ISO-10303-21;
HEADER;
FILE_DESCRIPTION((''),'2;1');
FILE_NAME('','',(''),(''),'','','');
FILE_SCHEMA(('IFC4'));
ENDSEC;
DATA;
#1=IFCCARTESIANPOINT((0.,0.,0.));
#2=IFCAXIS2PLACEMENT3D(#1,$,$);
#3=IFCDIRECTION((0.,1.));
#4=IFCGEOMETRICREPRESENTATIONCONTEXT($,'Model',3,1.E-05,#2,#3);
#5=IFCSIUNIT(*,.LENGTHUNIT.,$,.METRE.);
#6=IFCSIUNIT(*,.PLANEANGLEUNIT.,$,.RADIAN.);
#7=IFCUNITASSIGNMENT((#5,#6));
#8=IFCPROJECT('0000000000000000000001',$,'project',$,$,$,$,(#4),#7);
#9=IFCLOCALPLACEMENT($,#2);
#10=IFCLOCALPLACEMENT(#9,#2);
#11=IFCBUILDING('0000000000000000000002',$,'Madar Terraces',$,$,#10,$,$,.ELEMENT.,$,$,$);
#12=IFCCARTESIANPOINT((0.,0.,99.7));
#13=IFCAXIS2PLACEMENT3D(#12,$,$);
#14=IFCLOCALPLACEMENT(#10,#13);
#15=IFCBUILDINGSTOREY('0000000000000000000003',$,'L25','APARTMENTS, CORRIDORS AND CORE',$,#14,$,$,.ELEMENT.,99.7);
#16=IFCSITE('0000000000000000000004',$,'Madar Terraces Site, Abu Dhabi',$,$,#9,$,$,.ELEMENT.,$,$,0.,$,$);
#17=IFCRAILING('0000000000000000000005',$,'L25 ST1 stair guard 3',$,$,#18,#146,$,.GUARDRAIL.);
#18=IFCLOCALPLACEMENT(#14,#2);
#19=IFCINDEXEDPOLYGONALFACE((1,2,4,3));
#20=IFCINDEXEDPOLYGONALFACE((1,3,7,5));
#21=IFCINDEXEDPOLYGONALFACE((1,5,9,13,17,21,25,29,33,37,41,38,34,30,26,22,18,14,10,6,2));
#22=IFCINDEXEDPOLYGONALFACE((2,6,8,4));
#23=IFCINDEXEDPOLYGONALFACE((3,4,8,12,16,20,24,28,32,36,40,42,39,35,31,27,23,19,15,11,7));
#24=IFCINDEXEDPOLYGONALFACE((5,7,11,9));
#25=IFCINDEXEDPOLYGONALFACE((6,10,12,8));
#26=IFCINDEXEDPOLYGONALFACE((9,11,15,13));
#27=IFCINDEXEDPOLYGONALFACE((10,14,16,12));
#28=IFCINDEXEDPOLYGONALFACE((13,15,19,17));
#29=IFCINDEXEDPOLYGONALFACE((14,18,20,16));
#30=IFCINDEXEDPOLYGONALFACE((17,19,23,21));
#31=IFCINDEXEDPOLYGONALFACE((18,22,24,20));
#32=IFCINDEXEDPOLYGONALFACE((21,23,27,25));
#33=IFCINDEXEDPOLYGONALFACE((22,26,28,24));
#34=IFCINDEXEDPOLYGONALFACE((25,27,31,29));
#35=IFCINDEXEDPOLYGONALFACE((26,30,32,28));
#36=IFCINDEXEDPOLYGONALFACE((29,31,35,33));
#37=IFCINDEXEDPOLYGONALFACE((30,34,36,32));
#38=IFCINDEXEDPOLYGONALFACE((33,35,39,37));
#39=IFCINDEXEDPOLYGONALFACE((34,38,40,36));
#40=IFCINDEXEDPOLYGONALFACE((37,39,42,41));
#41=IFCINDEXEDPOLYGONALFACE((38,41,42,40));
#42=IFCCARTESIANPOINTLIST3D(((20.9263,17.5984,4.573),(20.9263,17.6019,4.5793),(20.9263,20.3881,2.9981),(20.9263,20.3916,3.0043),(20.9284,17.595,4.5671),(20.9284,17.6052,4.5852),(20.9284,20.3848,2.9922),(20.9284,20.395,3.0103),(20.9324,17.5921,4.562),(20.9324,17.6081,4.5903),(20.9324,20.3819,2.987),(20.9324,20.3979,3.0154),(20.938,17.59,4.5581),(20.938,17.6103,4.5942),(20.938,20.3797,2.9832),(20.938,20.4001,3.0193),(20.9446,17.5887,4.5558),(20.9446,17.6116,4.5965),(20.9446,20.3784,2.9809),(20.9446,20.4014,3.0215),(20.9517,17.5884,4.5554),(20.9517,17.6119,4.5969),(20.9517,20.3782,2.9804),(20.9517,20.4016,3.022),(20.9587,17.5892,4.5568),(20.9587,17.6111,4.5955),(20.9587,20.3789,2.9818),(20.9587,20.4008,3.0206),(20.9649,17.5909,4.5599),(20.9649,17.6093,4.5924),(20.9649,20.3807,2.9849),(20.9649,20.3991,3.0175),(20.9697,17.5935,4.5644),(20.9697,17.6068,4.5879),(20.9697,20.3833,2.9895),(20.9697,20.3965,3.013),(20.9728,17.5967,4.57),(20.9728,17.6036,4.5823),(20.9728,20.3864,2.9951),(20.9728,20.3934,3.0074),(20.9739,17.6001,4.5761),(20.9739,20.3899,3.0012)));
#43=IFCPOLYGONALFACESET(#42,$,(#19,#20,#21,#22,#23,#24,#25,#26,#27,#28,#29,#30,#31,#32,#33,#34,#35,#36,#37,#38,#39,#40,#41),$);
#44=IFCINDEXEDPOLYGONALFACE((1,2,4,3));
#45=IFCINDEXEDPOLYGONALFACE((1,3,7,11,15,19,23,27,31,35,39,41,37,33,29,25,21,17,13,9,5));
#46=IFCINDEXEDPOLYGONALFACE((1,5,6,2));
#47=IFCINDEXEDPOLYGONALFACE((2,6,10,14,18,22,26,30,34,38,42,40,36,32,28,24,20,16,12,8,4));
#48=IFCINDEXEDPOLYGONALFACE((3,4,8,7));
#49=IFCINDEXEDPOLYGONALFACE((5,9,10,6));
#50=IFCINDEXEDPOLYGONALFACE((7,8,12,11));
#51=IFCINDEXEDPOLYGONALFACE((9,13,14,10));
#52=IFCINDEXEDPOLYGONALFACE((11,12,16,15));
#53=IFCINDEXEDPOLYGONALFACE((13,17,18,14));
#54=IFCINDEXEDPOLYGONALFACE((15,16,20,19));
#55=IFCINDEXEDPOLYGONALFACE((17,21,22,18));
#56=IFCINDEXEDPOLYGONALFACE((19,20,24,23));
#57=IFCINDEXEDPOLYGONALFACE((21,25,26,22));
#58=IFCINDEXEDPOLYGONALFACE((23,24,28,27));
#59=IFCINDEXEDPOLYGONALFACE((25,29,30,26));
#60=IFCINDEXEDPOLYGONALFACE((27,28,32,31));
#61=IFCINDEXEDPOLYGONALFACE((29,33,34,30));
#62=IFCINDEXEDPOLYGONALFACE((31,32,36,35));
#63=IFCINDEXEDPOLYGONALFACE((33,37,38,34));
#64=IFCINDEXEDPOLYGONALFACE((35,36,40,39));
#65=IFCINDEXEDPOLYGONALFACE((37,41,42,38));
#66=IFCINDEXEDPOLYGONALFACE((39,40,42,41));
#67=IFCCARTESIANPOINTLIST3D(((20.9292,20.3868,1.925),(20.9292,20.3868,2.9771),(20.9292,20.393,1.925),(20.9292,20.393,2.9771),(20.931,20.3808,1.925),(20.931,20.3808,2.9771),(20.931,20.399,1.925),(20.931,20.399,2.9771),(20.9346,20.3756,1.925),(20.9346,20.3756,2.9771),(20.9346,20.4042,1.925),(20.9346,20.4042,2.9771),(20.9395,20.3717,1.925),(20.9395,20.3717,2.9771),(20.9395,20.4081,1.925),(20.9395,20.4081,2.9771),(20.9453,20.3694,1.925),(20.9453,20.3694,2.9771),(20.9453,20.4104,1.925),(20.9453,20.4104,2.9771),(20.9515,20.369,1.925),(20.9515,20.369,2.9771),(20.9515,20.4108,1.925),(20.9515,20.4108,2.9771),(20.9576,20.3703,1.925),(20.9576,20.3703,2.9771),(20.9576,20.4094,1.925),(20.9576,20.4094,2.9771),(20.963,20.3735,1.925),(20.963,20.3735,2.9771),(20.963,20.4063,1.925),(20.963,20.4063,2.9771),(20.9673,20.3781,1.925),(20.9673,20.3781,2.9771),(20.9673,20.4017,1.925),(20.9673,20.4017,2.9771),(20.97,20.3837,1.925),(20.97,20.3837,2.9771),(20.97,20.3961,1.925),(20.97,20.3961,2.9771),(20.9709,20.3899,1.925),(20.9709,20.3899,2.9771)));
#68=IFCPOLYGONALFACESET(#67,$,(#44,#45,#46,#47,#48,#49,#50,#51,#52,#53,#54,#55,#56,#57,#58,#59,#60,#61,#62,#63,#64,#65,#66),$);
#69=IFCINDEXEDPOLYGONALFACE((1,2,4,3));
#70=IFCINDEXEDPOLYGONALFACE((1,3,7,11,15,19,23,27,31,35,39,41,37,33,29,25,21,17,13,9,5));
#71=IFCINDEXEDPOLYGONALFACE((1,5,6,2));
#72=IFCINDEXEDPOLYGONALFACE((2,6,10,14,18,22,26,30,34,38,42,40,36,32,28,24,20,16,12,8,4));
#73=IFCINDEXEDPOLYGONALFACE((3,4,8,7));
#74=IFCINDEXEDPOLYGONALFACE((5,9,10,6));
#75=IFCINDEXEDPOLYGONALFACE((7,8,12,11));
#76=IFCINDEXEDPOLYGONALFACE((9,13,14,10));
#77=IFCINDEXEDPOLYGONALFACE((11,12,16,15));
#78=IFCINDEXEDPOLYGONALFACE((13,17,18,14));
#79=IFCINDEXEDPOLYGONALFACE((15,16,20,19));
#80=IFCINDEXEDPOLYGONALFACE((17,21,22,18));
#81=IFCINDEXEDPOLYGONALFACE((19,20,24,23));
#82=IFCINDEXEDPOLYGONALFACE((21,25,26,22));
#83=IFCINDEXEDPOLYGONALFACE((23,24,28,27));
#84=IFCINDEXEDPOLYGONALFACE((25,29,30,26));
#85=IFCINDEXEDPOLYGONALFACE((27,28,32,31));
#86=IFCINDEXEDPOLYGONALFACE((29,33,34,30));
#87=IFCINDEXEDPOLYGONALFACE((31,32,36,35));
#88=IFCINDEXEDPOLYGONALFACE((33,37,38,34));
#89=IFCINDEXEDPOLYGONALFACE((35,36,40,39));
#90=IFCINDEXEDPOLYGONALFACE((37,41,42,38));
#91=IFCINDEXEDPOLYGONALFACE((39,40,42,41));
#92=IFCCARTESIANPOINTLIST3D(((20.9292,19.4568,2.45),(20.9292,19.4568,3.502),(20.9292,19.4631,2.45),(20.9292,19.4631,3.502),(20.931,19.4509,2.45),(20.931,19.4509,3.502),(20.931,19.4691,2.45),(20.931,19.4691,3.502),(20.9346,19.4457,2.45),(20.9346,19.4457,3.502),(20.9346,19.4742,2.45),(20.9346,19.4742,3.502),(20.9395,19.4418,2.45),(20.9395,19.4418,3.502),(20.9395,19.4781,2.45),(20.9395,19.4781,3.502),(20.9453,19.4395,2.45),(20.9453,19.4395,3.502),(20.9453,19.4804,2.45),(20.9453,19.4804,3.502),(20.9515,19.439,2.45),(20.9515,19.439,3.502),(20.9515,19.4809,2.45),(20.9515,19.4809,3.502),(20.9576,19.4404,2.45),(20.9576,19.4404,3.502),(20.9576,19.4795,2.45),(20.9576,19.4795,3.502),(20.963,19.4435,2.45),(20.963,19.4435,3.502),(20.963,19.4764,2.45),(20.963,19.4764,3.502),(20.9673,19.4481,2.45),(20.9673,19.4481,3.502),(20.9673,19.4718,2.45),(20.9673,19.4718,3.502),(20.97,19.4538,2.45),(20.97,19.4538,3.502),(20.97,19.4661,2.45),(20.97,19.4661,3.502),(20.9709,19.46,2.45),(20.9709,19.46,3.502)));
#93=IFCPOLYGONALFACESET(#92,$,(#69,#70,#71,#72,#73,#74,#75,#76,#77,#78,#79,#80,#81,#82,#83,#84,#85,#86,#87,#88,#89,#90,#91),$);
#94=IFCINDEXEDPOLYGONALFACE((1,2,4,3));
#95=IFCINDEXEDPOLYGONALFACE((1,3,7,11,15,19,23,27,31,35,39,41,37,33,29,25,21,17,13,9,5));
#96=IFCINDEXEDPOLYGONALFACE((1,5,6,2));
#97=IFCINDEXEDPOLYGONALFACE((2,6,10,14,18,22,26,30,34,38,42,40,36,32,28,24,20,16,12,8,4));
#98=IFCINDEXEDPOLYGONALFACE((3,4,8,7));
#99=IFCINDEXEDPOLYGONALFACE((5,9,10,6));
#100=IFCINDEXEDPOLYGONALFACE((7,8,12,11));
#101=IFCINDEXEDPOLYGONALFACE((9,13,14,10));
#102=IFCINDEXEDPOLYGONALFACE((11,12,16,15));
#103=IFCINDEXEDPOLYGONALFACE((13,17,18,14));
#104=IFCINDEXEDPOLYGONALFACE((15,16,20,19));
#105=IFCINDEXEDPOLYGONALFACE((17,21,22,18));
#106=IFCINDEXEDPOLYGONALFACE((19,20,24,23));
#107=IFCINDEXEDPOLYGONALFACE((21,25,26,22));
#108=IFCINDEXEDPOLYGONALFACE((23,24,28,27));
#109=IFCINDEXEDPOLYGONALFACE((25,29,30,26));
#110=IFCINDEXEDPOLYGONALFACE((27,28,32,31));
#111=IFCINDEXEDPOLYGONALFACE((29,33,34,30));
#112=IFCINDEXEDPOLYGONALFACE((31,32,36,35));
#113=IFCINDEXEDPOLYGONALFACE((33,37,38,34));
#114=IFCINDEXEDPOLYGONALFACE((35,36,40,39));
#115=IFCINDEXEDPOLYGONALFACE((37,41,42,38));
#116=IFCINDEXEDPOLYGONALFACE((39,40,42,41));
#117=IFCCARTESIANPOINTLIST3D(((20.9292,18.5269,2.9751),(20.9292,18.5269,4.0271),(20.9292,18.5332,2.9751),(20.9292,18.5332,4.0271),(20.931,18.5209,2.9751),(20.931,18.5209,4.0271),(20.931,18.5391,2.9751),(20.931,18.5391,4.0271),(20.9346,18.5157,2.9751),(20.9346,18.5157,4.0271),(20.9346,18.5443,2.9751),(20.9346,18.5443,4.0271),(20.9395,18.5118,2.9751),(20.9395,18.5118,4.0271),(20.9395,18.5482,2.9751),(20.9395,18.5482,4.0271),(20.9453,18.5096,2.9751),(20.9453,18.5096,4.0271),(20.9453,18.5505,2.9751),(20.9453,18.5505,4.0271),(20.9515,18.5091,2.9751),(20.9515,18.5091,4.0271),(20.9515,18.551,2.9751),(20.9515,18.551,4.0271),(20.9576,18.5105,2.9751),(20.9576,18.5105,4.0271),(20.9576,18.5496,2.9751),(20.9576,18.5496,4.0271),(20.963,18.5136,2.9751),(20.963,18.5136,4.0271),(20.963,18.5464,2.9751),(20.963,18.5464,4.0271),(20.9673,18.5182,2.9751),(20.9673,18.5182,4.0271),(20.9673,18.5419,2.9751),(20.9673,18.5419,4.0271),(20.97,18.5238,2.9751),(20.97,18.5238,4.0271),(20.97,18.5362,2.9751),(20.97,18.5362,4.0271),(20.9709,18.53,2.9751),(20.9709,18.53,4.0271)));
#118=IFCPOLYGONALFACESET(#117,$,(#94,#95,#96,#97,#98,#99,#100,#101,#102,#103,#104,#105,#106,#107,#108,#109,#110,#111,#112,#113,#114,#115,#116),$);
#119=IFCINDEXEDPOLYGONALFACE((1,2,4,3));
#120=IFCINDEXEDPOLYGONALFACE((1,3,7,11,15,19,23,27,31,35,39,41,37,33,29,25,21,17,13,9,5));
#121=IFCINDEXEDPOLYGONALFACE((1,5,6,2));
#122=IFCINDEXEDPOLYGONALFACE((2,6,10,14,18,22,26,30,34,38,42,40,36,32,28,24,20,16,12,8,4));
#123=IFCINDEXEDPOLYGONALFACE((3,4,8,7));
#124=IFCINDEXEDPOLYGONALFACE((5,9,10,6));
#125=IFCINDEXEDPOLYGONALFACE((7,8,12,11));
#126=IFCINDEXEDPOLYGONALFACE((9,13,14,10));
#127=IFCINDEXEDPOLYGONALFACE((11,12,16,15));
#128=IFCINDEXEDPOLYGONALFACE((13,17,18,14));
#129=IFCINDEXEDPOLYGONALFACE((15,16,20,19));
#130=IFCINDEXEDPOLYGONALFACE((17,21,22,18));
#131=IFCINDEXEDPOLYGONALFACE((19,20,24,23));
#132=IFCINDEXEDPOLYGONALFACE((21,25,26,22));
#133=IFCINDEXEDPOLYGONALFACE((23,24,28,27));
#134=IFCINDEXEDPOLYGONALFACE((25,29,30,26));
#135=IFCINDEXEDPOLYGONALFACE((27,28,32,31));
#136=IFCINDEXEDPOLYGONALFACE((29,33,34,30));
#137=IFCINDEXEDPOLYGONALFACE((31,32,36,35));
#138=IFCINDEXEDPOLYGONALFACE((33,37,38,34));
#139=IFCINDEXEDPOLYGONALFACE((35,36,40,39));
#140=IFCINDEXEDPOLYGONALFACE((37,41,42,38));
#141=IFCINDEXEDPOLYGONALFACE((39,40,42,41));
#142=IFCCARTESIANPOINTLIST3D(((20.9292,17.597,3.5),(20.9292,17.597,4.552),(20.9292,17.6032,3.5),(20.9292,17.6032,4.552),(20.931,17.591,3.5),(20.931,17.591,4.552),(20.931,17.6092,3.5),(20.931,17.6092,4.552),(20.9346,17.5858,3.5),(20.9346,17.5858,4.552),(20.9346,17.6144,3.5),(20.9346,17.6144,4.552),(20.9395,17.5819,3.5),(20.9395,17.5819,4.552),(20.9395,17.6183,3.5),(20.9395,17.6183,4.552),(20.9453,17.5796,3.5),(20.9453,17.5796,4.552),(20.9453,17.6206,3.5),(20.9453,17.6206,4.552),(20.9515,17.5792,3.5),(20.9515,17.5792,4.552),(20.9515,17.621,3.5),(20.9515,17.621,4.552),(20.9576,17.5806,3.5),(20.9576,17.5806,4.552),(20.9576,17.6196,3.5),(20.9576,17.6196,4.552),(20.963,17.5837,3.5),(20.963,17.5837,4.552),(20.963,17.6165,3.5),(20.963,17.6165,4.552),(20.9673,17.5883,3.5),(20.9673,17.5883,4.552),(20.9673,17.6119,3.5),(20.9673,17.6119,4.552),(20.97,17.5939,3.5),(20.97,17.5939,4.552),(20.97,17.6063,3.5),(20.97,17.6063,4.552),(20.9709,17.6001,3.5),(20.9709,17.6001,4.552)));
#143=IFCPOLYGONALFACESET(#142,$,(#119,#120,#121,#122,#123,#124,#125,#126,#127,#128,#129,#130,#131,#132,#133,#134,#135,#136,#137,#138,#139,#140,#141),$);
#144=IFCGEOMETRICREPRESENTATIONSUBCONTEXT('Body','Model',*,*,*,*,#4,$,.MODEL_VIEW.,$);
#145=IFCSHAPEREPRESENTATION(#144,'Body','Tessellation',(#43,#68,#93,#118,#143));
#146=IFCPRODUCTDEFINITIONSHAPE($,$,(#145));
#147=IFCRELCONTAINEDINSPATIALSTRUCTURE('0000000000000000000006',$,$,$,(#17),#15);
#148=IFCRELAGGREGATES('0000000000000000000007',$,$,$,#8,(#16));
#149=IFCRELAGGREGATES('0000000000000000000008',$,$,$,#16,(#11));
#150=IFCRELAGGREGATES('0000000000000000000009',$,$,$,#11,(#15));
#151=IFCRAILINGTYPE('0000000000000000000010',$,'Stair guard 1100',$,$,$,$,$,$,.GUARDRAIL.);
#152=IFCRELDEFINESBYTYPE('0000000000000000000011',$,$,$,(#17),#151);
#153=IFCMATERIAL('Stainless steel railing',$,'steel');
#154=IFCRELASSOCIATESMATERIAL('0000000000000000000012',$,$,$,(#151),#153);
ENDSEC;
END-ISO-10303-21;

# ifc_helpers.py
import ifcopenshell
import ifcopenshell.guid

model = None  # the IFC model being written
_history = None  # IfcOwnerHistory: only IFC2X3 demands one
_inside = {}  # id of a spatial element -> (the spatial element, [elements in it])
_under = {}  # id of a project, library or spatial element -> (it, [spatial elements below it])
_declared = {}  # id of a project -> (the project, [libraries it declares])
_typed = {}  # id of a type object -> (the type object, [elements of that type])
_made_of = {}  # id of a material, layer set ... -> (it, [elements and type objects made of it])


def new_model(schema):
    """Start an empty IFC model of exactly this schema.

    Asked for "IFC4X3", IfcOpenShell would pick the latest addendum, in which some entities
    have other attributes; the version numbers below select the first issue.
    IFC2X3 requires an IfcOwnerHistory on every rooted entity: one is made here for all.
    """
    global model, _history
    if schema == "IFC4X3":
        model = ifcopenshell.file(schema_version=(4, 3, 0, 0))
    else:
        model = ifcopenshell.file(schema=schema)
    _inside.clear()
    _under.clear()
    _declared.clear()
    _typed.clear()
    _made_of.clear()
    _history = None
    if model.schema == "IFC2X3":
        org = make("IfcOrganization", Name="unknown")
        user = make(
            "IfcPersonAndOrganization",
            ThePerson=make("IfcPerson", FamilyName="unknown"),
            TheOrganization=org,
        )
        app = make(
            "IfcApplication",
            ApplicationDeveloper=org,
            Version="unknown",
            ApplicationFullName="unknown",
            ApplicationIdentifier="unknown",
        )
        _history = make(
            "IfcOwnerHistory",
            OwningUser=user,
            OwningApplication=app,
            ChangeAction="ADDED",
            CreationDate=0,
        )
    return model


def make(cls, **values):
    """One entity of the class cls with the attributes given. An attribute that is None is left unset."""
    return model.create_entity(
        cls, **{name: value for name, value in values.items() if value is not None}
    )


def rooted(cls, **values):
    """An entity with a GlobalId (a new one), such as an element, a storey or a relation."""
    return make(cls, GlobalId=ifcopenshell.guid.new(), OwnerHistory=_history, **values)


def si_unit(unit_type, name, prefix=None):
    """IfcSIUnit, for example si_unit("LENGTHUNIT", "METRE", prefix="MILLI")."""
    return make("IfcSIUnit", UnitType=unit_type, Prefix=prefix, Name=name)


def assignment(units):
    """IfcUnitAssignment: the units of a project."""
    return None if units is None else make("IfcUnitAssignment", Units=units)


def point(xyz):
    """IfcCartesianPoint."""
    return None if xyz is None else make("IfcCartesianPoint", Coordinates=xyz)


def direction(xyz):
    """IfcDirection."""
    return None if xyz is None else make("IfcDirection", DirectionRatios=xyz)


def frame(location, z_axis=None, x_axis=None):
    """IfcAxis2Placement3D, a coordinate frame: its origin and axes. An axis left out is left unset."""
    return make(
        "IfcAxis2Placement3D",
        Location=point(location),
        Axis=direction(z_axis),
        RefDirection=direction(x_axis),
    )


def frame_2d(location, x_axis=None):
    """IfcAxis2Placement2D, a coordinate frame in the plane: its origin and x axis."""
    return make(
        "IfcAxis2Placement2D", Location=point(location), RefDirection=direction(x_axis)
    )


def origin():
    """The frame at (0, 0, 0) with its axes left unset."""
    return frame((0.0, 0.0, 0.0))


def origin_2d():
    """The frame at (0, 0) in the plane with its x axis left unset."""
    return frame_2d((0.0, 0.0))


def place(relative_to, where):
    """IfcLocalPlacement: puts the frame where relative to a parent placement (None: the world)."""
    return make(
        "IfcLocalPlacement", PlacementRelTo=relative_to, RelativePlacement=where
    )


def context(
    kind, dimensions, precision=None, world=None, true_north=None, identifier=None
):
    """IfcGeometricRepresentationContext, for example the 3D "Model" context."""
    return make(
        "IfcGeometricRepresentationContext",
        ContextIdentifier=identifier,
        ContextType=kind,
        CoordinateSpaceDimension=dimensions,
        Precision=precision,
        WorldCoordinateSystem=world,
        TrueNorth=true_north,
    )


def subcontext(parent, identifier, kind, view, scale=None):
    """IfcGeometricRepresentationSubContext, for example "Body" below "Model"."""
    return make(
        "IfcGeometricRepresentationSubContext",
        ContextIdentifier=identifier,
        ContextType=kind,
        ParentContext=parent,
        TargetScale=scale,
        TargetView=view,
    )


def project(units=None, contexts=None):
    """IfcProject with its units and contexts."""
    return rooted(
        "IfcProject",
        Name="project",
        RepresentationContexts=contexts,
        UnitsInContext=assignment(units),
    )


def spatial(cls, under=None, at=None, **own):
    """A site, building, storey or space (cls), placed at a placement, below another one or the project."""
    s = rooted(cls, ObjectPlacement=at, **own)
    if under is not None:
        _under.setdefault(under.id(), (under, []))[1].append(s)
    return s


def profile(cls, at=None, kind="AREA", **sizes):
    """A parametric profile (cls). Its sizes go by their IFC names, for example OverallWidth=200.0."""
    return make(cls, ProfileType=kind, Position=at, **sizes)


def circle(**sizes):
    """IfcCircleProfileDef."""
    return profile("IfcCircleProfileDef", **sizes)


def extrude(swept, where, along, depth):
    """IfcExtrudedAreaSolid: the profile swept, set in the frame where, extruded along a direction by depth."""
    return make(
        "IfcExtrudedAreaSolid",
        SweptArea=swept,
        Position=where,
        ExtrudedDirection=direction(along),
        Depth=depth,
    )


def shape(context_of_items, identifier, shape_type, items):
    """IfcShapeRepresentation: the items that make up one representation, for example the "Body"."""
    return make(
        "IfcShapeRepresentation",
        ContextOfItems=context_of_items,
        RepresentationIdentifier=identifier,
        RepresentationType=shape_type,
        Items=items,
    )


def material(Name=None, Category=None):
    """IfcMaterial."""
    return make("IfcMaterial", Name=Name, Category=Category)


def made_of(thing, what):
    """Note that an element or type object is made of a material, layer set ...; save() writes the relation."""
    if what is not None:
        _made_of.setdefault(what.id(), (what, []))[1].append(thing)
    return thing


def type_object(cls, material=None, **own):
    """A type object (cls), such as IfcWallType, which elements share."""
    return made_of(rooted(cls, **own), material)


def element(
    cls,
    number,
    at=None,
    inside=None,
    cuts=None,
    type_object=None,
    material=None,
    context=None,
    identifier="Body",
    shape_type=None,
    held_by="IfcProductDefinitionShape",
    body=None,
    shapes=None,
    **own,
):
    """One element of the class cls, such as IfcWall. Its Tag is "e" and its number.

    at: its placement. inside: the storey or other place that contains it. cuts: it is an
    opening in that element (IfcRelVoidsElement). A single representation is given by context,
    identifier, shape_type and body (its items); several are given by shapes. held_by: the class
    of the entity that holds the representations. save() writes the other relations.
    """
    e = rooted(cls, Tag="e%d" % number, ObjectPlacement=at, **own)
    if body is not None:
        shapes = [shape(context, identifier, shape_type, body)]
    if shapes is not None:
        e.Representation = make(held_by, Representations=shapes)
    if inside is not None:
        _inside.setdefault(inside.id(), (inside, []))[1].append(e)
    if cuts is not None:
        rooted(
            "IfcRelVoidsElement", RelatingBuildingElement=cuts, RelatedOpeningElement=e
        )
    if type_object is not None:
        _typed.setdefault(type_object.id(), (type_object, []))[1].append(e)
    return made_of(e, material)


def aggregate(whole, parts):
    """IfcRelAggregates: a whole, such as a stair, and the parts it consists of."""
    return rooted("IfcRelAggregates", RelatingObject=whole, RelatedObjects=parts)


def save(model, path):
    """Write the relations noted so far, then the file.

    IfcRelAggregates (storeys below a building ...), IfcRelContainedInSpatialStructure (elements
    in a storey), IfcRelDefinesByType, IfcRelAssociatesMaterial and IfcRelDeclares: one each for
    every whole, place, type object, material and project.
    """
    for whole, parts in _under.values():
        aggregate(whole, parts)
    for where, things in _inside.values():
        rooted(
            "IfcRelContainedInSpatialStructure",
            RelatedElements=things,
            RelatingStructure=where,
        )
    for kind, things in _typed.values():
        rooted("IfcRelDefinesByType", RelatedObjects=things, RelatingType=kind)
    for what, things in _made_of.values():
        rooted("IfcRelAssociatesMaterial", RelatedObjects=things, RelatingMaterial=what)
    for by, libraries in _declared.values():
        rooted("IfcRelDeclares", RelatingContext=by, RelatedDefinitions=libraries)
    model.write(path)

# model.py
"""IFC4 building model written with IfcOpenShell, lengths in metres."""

from ifc_helpers import new_model, si_unit, direction, frame, origin, origin_2d, place, context, subcontext, project, spatial, circle, extrude, material, type_object, element, save


model = new_model("IFC4")

# Units and contexts
model_context = context("Model", 3, precision=1e-05, world=origin(), true_north=direction((0.0, 1.0)))
body_context = subcontext(model_context, "Body", "Model", "MODEL_VIEW")
ifc_project = project(units=[si_unit("LENGTHUNIT", "METRE"), si_unit("PLANEANGLEUNIT", "RADIAN")], contexts=[model_context])

# Site, building, storey
site_placement = place(None, origin())
site = spatial("IfcSite", under=ifc_project, at=site_placement, Name="Madar Terraces Site, Abu Dhabi", CompositionType="ELEMENT", RefElevation=0.0)
building_placement = place(site_placement, origin())
building = spatial("IfcBuilding", under=site, at=building_placement, Name="Madar Terraces", CompositionType="ELEMENT")
storey_placement = place(building_placement, frame((0.0, 0.0, 99.7)))
storey = spatial("IfcBuildingStorey", under=building, at=storey_placement, Name="L25", Description="APARTMENTS, CORRIDORS AND CORE", CompositionType="ELEMENT", Elevation=99.7)

# Railing
ifc_material_1 = material(Name="Stainless steel railing", Category="steel")
railing_type_1 = type_object("IfcRailingType", Name="Stair guard 1100", PredefinedType="GUARDRAIL", material=ifc_material_1)
railing_1_placement = place(storey_placement, frame((20.95, 20.3899, 1.925)))
element("IfcRailing", 1, at=railing_1_placement, inside=storey, type_object=railing_type_1, Name="L25 ST1 stair guard 3", PredefinedType="GUARDRAIL", context=body_context, shape_type="SweptSolid", body=[
    extrude(circle(Radius=0.0239, at=origin_2d()), frame((0.0, 0.0, 1.0762), z_axis=(0.0, -0.870815, 0.49161), x_axis=(1.0, 0.0, 0.0)), (0.0, 0.0, 1.0), 3.2036),
    extrude(circle(Radius=0.021, at=origin_2d()), origin(), (0.0, 0.0, 1.0), 1.052),
    extrude(circle(Radius=0.021, at=origin_2d()), frame((0.0, -0.9299, 0.5249)), (0.0, 0.0, 1.0), 1.052),
    extrude(circle(Radius=0.021, at=origin_2d()), frame((0.0, -1.8599, 1.05)), (0.0, 0.0, 1.0), 1.052),
    extrude(circle(Radius=0.021, at=origin_2d()), frame((0.0, -2.7898, 1.575)), (0.0, 0.0, 1.0), 1.052),
])

save(model, "model.ifc")
